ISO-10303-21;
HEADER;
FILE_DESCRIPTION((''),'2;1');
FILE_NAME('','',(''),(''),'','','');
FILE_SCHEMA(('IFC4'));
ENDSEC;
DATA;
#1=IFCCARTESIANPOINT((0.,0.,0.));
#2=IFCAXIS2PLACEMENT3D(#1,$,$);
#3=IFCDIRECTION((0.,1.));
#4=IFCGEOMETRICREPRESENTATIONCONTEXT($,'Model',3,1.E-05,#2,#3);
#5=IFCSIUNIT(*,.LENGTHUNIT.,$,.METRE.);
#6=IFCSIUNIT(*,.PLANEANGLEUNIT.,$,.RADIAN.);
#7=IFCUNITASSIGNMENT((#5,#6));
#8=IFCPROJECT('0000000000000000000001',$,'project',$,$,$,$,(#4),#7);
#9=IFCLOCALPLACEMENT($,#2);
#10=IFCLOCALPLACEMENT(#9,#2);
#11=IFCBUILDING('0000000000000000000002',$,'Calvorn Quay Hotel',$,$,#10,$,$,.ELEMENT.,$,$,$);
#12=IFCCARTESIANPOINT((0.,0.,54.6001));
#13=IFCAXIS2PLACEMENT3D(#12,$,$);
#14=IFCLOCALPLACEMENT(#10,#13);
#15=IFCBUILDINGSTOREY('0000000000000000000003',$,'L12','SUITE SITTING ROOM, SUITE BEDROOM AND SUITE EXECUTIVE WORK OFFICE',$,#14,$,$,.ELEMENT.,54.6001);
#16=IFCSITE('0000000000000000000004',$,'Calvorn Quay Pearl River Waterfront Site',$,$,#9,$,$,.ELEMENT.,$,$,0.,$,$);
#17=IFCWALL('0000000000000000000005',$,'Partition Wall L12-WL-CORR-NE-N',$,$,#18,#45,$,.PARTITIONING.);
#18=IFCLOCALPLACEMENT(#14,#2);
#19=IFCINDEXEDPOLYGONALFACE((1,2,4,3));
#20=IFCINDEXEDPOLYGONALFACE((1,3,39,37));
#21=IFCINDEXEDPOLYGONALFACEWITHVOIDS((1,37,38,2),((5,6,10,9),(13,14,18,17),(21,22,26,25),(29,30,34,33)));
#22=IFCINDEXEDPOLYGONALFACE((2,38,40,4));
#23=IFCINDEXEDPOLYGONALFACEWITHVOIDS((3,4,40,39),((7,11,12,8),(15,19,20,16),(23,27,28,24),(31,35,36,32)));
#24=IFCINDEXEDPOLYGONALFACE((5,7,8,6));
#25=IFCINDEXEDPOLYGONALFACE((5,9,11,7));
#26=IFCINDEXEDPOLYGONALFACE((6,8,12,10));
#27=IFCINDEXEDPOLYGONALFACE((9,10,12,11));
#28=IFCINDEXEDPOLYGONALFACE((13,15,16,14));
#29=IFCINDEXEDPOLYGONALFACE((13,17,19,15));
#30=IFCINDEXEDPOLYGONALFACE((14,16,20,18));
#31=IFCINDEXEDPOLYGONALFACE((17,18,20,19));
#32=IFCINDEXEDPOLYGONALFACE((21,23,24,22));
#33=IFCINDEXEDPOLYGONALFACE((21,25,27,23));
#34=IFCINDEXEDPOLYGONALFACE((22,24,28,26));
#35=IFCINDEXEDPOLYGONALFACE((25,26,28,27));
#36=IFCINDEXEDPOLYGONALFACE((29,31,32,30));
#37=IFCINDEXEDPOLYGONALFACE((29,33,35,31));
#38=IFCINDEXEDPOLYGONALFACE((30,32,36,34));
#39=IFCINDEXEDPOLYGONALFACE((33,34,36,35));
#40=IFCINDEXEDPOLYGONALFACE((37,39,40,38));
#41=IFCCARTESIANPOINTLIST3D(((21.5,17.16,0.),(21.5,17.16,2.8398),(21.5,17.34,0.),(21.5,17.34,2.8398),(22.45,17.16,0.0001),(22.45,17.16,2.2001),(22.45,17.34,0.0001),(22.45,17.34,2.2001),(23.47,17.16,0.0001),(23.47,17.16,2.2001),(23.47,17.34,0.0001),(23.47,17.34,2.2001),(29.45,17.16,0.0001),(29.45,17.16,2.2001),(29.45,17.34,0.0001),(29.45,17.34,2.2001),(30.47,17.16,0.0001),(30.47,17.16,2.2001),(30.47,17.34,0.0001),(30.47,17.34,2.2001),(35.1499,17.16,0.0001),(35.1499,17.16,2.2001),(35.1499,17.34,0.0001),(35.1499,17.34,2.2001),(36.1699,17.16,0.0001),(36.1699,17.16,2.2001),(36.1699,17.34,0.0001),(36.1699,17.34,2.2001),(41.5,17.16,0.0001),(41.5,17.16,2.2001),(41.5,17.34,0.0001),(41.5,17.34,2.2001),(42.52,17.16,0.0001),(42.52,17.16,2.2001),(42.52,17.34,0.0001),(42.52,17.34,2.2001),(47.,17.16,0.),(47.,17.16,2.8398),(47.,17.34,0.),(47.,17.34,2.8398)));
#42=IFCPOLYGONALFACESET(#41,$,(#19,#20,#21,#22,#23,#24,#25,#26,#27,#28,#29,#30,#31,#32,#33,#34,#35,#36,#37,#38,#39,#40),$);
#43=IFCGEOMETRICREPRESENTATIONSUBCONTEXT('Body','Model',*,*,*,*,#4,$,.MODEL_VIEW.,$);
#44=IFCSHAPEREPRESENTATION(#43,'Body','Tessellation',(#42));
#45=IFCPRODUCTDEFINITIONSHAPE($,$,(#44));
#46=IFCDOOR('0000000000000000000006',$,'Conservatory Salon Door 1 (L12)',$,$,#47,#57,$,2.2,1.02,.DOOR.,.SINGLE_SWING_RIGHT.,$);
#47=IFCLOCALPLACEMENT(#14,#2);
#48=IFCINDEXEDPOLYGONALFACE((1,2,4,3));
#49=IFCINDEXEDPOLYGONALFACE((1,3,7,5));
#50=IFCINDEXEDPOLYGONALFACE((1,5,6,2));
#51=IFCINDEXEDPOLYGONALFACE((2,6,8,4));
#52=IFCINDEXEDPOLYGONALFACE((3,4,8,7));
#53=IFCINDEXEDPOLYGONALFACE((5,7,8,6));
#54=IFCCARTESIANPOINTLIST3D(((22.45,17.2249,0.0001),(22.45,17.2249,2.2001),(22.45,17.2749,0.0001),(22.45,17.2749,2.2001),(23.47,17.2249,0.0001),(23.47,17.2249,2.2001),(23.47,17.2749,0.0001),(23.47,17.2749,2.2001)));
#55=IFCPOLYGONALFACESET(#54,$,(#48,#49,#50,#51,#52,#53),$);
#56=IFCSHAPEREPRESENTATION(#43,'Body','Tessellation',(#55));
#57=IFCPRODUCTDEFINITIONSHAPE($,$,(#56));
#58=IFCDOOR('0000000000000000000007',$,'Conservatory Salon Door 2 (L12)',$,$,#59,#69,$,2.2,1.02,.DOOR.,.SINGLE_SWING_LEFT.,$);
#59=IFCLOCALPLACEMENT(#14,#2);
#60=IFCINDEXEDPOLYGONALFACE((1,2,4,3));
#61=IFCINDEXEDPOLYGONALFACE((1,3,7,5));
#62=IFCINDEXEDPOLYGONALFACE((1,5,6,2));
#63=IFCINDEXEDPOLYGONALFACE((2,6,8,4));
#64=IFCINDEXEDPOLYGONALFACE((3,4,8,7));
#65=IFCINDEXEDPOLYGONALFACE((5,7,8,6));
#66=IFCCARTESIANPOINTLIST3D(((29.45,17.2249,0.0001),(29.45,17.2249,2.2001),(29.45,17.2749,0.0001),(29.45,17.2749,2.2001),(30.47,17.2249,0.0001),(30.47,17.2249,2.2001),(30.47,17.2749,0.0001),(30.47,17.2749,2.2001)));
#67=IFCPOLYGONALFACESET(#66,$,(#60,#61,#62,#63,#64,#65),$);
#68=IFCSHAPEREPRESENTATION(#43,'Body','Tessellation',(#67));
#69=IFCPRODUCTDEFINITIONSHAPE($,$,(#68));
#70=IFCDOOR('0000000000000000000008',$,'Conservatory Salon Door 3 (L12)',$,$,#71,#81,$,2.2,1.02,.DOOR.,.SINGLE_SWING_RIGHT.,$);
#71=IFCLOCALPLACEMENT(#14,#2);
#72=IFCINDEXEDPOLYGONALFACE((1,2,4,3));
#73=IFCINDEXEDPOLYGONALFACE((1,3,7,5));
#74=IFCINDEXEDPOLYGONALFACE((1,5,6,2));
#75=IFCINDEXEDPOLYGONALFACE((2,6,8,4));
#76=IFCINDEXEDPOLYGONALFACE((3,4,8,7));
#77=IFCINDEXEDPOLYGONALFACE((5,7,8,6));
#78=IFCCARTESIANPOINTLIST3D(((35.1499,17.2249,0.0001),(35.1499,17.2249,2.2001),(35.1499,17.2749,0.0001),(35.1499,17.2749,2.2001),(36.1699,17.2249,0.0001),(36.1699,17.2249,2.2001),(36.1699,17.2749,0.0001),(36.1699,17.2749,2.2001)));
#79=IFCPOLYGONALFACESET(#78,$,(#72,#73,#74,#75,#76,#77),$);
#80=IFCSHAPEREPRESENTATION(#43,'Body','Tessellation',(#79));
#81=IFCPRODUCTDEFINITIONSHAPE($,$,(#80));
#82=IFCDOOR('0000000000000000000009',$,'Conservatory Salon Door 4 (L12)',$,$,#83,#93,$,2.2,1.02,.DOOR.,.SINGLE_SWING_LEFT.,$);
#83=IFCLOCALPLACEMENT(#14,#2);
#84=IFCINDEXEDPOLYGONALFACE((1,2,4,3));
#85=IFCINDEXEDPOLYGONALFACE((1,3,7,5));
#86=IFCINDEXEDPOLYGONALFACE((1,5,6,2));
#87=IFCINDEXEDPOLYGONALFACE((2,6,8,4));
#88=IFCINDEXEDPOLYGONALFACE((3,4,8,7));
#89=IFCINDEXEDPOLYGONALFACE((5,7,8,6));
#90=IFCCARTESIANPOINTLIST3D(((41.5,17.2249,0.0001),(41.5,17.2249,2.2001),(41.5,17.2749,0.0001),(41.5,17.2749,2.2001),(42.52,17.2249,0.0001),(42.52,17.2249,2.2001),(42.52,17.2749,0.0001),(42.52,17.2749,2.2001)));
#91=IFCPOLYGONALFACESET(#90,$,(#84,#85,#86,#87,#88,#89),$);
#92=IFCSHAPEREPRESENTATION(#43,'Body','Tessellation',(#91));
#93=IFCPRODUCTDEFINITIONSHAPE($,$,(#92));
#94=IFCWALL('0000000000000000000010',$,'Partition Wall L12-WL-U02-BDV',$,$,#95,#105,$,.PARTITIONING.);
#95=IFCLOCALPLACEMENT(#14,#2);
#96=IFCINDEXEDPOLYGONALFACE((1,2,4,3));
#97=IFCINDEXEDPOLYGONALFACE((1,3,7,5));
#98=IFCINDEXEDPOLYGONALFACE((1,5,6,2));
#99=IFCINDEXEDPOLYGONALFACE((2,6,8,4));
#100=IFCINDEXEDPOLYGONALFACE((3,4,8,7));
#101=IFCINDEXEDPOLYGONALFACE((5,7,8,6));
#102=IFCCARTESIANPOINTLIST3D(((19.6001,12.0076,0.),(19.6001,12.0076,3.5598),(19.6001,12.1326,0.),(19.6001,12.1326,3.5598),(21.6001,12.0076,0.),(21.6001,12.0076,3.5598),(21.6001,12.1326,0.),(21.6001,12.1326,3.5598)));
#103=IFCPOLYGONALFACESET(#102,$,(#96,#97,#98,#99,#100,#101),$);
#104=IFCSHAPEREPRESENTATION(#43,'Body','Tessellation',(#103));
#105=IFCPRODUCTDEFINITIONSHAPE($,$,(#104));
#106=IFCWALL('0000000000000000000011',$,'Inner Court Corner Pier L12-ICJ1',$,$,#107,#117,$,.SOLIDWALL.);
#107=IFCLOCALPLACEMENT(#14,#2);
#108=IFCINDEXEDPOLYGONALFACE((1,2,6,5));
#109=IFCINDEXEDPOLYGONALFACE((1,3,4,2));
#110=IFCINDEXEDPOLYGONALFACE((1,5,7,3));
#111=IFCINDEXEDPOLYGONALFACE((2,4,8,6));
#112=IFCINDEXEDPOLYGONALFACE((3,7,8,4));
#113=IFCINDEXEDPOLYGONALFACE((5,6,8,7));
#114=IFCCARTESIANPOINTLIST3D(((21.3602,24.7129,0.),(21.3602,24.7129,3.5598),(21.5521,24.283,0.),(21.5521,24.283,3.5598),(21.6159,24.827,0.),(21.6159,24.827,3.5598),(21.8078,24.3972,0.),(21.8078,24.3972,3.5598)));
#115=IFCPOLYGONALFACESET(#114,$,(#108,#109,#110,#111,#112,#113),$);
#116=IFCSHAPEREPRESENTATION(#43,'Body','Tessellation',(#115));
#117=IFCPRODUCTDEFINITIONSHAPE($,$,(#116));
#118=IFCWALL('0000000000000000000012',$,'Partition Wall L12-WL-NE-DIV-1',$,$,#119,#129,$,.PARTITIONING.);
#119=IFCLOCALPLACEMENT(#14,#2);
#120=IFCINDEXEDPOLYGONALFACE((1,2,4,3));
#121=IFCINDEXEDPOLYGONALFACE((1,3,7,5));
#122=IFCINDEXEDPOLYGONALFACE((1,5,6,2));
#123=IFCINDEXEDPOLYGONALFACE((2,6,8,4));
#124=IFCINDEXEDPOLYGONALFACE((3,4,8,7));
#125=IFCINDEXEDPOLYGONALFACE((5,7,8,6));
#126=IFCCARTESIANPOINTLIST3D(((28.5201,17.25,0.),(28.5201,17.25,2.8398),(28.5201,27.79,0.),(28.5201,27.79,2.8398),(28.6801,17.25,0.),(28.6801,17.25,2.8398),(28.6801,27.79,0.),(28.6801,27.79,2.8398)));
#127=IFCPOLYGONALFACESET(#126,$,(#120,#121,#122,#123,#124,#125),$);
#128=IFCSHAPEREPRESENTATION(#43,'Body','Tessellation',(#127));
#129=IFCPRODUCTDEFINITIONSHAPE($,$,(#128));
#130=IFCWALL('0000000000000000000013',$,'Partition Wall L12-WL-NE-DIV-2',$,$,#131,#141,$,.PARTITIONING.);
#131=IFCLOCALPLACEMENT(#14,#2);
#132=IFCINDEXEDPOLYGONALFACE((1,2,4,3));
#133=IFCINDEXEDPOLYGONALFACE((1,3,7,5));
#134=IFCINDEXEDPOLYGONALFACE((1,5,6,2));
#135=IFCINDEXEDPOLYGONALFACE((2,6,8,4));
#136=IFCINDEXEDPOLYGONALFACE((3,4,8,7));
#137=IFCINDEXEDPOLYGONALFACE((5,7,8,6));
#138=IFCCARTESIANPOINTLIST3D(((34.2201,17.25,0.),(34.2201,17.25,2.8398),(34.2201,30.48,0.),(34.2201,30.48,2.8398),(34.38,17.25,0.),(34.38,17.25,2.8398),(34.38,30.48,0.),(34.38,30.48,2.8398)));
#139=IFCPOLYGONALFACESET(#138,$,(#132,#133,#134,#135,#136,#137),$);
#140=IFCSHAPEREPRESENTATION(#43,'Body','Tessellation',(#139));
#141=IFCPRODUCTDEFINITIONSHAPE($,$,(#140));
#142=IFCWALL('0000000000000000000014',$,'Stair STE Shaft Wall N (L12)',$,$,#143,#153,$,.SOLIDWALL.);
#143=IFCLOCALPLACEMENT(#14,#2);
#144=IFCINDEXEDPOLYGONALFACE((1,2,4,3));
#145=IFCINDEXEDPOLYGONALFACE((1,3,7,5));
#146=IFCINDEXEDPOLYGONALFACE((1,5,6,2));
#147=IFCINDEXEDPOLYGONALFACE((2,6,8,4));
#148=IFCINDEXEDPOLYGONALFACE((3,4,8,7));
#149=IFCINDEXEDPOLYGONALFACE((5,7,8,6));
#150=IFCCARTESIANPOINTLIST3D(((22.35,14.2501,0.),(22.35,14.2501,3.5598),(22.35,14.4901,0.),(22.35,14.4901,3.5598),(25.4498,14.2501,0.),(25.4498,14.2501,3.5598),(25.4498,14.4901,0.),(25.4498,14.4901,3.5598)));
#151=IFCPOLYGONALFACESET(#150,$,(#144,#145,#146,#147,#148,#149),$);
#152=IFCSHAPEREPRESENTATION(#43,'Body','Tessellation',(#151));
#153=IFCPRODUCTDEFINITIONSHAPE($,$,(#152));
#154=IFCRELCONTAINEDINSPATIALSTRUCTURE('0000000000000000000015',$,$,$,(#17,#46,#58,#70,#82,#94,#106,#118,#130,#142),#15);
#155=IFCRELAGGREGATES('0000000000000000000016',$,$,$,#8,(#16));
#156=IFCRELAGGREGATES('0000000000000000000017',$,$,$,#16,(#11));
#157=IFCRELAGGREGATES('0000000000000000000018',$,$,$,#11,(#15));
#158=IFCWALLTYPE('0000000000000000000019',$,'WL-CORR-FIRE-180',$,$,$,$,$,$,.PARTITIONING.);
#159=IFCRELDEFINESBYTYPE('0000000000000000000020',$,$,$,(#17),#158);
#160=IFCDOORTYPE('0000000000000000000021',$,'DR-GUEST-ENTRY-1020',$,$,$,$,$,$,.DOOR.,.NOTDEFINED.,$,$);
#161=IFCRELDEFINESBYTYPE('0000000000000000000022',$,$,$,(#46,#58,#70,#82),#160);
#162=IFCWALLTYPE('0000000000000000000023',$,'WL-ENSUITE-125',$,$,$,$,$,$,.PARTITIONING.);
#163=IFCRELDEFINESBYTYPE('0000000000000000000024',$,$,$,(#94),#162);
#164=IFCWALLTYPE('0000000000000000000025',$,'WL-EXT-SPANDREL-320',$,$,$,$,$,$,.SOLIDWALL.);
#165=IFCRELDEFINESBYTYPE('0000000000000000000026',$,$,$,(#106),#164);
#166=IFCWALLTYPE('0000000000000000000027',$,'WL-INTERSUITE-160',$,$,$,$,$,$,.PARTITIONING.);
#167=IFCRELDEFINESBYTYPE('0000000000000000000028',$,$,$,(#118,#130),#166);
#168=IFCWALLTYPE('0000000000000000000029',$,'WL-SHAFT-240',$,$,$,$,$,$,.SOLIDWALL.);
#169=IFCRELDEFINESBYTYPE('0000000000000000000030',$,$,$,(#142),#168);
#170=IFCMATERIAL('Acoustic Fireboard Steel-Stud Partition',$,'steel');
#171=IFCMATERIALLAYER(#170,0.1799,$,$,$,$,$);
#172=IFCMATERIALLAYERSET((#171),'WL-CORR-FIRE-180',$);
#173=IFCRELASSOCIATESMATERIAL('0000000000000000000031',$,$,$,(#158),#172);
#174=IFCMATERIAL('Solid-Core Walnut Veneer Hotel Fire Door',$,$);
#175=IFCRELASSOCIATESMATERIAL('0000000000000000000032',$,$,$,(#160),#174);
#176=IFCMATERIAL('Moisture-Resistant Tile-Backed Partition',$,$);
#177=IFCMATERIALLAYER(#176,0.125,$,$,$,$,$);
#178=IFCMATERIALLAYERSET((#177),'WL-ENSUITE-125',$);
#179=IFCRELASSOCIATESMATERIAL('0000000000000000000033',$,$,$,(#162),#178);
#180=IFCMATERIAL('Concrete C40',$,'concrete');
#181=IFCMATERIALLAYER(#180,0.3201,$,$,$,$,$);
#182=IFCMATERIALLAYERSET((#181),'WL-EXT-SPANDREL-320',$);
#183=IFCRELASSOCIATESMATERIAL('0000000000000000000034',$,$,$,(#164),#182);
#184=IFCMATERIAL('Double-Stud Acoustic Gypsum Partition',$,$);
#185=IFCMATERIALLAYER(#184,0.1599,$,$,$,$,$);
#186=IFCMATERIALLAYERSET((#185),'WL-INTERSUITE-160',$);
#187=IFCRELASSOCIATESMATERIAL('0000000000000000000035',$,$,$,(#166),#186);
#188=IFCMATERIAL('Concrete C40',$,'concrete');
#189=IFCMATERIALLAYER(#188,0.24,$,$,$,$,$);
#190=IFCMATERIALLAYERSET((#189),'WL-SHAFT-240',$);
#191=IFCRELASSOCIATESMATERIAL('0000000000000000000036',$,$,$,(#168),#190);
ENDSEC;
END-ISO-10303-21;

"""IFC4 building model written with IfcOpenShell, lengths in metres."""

from ifc_helpers import new_model, si_unit, direction, frame, frame_2d, origin, place, context, subcontext, project, spatial, rectangle, extrude, material, layer, layer_set, type_object, element, fill, save


model = new_model("IFC4")

# Units and contexts
model_context = context("Model", 3, precision=1e-05, world=origin(), true_north=direction((0.0, 1.0)))
body_context = subcontext(model_context, "Body", "Model", "MODEL_VIEW")
ifc_project = project(units=[si_unit("LENGTHUNIT", "METRE"), si_unit("PLANEANGLEUNIT", "RADIAN")], contexts=[model_context])

# Site, building, storey
site_placement = place(None, origin())
site = spatial("IfcSite", under=ifc_project, at=site_placement, Name="Calvorn Quay Pearl River Waterfront Site", CompositionType="ELEMENT", RefElevation=0.0)
building_placement = place(site_placement, origin())
building = spatial("IfcBuilding", under=site, at=building_placement, Name="Calvorn Quay Hotel", CompositionType="ELEMENT")
storey_placement = place(building_placement, frame((0.0, 0.0, 54.6001)))
storey = spatial("IfcBuildingStorey", under=building, at=storey_placement, Name="L12", Description="SUITE SITTING ROOM, SUITE BEDROOM AND SUITE EXECUTIVE WORK OFFICE", CompositionType="ELEMENT", Elevation=54.6001)

# Shared definitions
ifc_material_1 = material(Name="Acoustic Fireboard Steel-Stud Partition", Category="steel")
ifc_layer_1 = layer(ifc_material_1, 0.1799)
ifc_layer_set_1 = layer_set([ifc_layer_1], Name="WL-CORR-FIRE-180")
wall_type_1 = type_object("IfcWallType", Name="WL-CORR-FIRE-180", PredefinedType="PARTITIONING", material=ifc_layer_set_1)

# Wall, openings, doors
ifc_material_2 = material(Name="Solid-Core Walnut Veneer Hotel Fire Door")
door_type_1 = type_object("IfcDoorType", Name="DR-GUEST-ENTRY-1020", OperationType="NOTDEFINED", PredefinedType="DOOR", material=ifc_material_2)
wall_1_placement = place(storey_placement, frame((21.5, 17.25, 0.0), z_axis=(0.0, 0.0, 1.0), x_axis=(1.0, 0.0, 0.0)))
wall_1 = element("IfcWall", 1, at=wall_1_placement, inside=storey, type_object=wall_type_1, Name="Partition Wall L12-WL-CORR-NE-N", PredefinedType="PARTITIONING", context=body_context, shape_type="SweptSolid", body=[
    extrude(rectangle(XDim=25.5, YDim=0.1799, at=frame_2d((12.75, 0.0))), origin(), (0.0, 0.0, 1.0), 2.8398),
])
opening_1_placement = place(wall_1_placement, frame((0.95, 0.0, 0.0)))
opening_1 = element("IfcOpeningElement", 2, at=opening_1_placement, cuts=wall_1, PredefinedType="OPENING", context=body_context, shape_type="SweptSolid", body=[
    extrude(rectangle(XDim=1.02, YDim=2.2, at=frame_2d((0.51, 1.1001))), frame((0.0, 0.0999, 0.0), z_axis=(0.0, -1.0, 0.0), x_axis=(1.0, 0.0, 0.0)), (0.0, 0.0, 1.0), 0.2),
])
opening_2_placement = place(wall_1_placement, frame((7.95, 0.0, 0.0)))
opening_2 = element("IfcOpeningElement", 3, at=opening_2_placement, cuts=wall_1, PredefinedType="OPENING", context=body_context, shape_type="SweptSolid", body=[
    extrude(rectangle(XDim=1.02, YDim=2.2, at=frame_2d((0.51, 1.1001))), frame((0.0, 0.0999, 0.0), z_axis=(0.0, -1.0, 0.0), x_axis=(1.0, 0.0, 0.0)), (0.0, 0.0, 1.0), 0.2),
])
opening_3_placement = place(wall_1_placement, frame((13.6499, 0.0, 0.0)))
opening_3 = element("IfcOpeningElement", 4, at=opening_3_placement, cuts=wall_1, PredefinedType="OPENING", context=body_context, shape_type="SweptSolid", body=[
    extrude(rectangle(XDim=1.02, YDim=2.2, at=frame_2d((0.51, 1.1001))), frame((0.0, 0.0999, 0.0), z_axis=(0.0, -1.0, 0.0), x_axis=(1.0, 0.0, 0.0)), (0.0, 0.0, 1.0), 0.2),
])
opening_4_placement = place(wall_1_placement, frame((20.0, 0.0, 0.0)))
opening_4 = element("IfcOpeningElement", 5, at=opening_4_placement, cuts=wall_1, PredefinedType="OPENING", context=body_context, shape_type="SweptSolid", body=[
    extrude(rectangle(XDim=1.02, YDim=2.2, at=frame_2d((0.51, 1.1001))), frame((0.0, 0.0999, 0.0), z_axis=(0.0, -1.0, 0.0), x_axis=(1.0, 0.0, 0.0)), (0.0, 0.0, 1.0), 0.2),
])
door_1_placement = place(opening_1_placement, origin())
door_1 = element("IfcDoor", 6, at=door_1_placement, inside=storey, type_object=door_type_1, Name="Conservatory Salon Door 1 (L12)", OperationType="SINGLE_SWING_RIGHT", OverallHeight=2.2, OverallWidth=1.02, PredefinedType="DOOR", context=body_context, shape_type="SweptSolid", body=[
    extrude(rectangle(XDim=1.02, YDim=2.2, at=frame_2d((0.51, 1.1001))), frame((0.0, 0.0249, 0.0), z_axis=(0.0, -1.0, 0.0), x_axis=(1.0, 0.0, 0.0)), (0.0, 0.0, 1.0), 0.05),
])
fill(opening_1, door_1)
door_2_placement = place(opening_2_placement, origin())
door_2 = element("IfcDoor", 7, at=door_2_placement, inside=storey, type_object=door_type_1, Name="Conservatory Salon Door 2 (L12)", OperationType="SINGLE_SWING_LEFT", OverallHeight=2.2, OverallWidth=1.02, PredefinedType="DOOR", context=body_context, shape_type="SweptSolid", body=[
    extrude(rectangle(XDim=1.02, YDim=2.2, at=frame_2d((0.51, 1.1001))), frame((0.0, 0.0249, 0.0), z_axis=(0.0, -1.0, 0.0), x_axis=(1.0, 0.0, 0.0)), (0.0, 0.0, 1.0), 0.05),
])
fill(opening_2, door_2)
door_3_placement = place(opening_3_placement, origin())
door_3 = element("IfcDoor", 8, at=door_3_placement, inside=storey, type_object=door_type_1, Name="Conservatory Salon Door 3 (L12)", OperationType="SINGLE_SWING_RIGHT", OverallHeight=2.2, OverallWidth=1.02, PredefinedType="DOOR", context=body_context, shape_type="SweptSolid", body=[
    extrude(rectangle(XDim=1.02, YDim=2.2, at=frame_2d((0.51, 1.1001))), frame((0.0, 0.0249, 0.0), z_axis=(0.0, -1.0, 0.0), x_axis=(1.0, 0.0, 0.0)), (0.0, 0.0, 1.0), 0.05),
])
fill(opening_3, door_3)
door_4_placement = place(opening_4_placement, origin())
door_4 = element("IfcDoor", 9, at=door_4_placement, inside=storey, type_object=door_type_1, Name="Conservatory Salon Door 4 (L12)", OperationType="SINGLE_SWING_LEFT", OverallHeight=2.2, OverallWidth=1.02, PredefinedType="DOOR", context=body_context, shape_type="SweptSolid", body=[
    extrude(rectangle(XDim=1.02, YDim=2.2, at=frame_2d((0.51, 1.1001))), frame((0.0, 0.0249, 0.0), z_axis=(0.0, -1.0, 0.0), x_axis=(1.0, 0.0, 0.0)), (0.0, 0.0, 1.0), 0.05),
])
fill(opening_4, door_4)

# Walls
ifc_material_3 = material(Name="Moisture-Resistant Tile-Backed Partition")
ifc_layer_2 = layer(ifc_material_3, 0.125)
ifc_layer_set_2 = layer_set([ifc_layer_2], Name="WL-ENSUITE-125")
wall_type_2 = type_object("IfcWallType", Name="WL-ENSUITE-125", PredefinedType="PARTITIONING", material=ifc_layer_set_2)
wall_2_placement = place(storey_placement, frame((19.6001, 12.0701, 0.0), z_axis=(0.0, 0.0, 1.0), x_axis=(1.0, 0.0, 0.0)))
element("IfcWall", 10, at=wall_2_placement, inside=storey, type_object=wall_type_2, Name="Partition Wall L12-WL-U02-BDV", PredefinedType="PARTITIONING", context=body_context, shape_type="SweptSolid", body=[
    extrude(rectangle(XDim=2.0, YDim=0.125, at=frame_2d((1.0, 0.0))), origin(), (0.0, 0.0, 1.0), 3.5598),
])
ifc_material_4 = material(Name="Concrete C40", Category="concrete")
ifc_layer_3 = layer(ifc_material_4, 0.3201)
ifc_layer_set_3 = layer_set([ifc_layer_3], Name="WL-EXT-SPANDREL-320")
wall_type_3 = type_object("IfcWallType", Name="WL-EXT-SPANDREL-320", PredefinedType="SOLIDWALL", material=ifc_layer_set_3)
wall_3_placement = place(storey_placement, frame((21.6799, 24.3401, 0.0), z_axis=(0.0, 0.0, 1.0), x_axis=(-0.407581, 0.913169, 0.0)))
element("IfcWall", 11, at=wall_3_placement, inside=storey, type_object=wall_type_3, Name="Inner Court Corner Pier L12-ICJ1", PredefinedType="SOLIDWALL", context=body_context, shape_type="SweptSolid", body=[
    extrude(rectangle(XDim=0.4707, YDim=0.28, at=frame_2d((0.2354, 0.0))), origin(), (0.0, 0.0, 1.0), 3.5598),
])
ifc_material_5 = material(Name="Double-Stud Acoustic Gypsum Partition")
ifc_layer_4 = layer(ifc_material_5, 0.1599)
ifc_layer_set_4 = layer_set([ifc_layer_4], Name="WL-INTERSUITE-160")
wall_type_4 = type_object("IfcWallType", Name="WL-INTERSUITE-160", PredefinedType="PARTITIONING", material=ifc_layer_set_4)
wall_4_placement = place(storey_placement, frame((28.6001, 17.25, 0.0), z_axis=(0.0, 0.0, 1.0), x_axis=(0.0, 1.0, 0.0)))
element("IfcWall", 12, at=wall_4_placement, inside=storey, type_object=wall_type_4, Name="Partition Wall L12-WL-NE-DIV-1", PredefinedType="PARTITIONING", context=body_context, shape_type="SweptSolid", body=[
    extrude(rectangle(XDim=10.54, YDim=0.1599, at=frame_2d((5.27, 0.0))), origin(), (0.0, 0.0, 1.0), 2.8398),
])
wall_5_placement = place(storey_placement, frame((34.3, 17.25, 0.0), z_axis=(0.0, 0.0, 1.0), x_axis=(0.0, 1.0, 0.0)))
element("IfcWall", 13, at=wall_5_placement, inside=storey, type_object=wall_type_4, Name="Partition Wall L12-WL-NE-DIV-2", PredefinedType="PARTITIONING", context=body_context, shape_type="SweptSolid", body=[
    extrude(rectangle(XDim=13.23, YDim=0.1599, at=frame_2d((6.615, 0.0))), origin(), (0.0, 0.0, 1.0), 2.8398),
])
ifc_material_6 = material(Name="Concrete C40", Category="concrete")
ifc_layer_5 = layer(ifc_material_6, 0.24)
ifc_layer_set_5 = layer_set([ifc_layer_5], Name="WL-SHAFT-240")
wall_type_5 = type_object("IfcWallType", Name="WL-SHAFT-240", PredefinedType="SOLIDWALL", material=ifc_layer_set_5)
wall_6_placement = place(storey_placement, frame((22.3501, 14.3701, 0.0), z_axis=(0.0, 0.0, 1.0), x_axis=(1.0, 0.0, 0.0)))
element("IfcWall", 14, at=wall_6_placement, inside=storey, type_object=wall_type_5, Name="Stair STE Shaft Wall N (L12)", PredefinedType="SOLIDWALL", context=body_context, shape_type="SweptSolid", body=[
    extrude(rectangle(XDim=3.0999, YDim=0.24, at=frame_2d((1.5498, 0.0))), origin(), (0.0, 0.0, 1.0), 3.5598),
])

save(model, "model.ifc")
